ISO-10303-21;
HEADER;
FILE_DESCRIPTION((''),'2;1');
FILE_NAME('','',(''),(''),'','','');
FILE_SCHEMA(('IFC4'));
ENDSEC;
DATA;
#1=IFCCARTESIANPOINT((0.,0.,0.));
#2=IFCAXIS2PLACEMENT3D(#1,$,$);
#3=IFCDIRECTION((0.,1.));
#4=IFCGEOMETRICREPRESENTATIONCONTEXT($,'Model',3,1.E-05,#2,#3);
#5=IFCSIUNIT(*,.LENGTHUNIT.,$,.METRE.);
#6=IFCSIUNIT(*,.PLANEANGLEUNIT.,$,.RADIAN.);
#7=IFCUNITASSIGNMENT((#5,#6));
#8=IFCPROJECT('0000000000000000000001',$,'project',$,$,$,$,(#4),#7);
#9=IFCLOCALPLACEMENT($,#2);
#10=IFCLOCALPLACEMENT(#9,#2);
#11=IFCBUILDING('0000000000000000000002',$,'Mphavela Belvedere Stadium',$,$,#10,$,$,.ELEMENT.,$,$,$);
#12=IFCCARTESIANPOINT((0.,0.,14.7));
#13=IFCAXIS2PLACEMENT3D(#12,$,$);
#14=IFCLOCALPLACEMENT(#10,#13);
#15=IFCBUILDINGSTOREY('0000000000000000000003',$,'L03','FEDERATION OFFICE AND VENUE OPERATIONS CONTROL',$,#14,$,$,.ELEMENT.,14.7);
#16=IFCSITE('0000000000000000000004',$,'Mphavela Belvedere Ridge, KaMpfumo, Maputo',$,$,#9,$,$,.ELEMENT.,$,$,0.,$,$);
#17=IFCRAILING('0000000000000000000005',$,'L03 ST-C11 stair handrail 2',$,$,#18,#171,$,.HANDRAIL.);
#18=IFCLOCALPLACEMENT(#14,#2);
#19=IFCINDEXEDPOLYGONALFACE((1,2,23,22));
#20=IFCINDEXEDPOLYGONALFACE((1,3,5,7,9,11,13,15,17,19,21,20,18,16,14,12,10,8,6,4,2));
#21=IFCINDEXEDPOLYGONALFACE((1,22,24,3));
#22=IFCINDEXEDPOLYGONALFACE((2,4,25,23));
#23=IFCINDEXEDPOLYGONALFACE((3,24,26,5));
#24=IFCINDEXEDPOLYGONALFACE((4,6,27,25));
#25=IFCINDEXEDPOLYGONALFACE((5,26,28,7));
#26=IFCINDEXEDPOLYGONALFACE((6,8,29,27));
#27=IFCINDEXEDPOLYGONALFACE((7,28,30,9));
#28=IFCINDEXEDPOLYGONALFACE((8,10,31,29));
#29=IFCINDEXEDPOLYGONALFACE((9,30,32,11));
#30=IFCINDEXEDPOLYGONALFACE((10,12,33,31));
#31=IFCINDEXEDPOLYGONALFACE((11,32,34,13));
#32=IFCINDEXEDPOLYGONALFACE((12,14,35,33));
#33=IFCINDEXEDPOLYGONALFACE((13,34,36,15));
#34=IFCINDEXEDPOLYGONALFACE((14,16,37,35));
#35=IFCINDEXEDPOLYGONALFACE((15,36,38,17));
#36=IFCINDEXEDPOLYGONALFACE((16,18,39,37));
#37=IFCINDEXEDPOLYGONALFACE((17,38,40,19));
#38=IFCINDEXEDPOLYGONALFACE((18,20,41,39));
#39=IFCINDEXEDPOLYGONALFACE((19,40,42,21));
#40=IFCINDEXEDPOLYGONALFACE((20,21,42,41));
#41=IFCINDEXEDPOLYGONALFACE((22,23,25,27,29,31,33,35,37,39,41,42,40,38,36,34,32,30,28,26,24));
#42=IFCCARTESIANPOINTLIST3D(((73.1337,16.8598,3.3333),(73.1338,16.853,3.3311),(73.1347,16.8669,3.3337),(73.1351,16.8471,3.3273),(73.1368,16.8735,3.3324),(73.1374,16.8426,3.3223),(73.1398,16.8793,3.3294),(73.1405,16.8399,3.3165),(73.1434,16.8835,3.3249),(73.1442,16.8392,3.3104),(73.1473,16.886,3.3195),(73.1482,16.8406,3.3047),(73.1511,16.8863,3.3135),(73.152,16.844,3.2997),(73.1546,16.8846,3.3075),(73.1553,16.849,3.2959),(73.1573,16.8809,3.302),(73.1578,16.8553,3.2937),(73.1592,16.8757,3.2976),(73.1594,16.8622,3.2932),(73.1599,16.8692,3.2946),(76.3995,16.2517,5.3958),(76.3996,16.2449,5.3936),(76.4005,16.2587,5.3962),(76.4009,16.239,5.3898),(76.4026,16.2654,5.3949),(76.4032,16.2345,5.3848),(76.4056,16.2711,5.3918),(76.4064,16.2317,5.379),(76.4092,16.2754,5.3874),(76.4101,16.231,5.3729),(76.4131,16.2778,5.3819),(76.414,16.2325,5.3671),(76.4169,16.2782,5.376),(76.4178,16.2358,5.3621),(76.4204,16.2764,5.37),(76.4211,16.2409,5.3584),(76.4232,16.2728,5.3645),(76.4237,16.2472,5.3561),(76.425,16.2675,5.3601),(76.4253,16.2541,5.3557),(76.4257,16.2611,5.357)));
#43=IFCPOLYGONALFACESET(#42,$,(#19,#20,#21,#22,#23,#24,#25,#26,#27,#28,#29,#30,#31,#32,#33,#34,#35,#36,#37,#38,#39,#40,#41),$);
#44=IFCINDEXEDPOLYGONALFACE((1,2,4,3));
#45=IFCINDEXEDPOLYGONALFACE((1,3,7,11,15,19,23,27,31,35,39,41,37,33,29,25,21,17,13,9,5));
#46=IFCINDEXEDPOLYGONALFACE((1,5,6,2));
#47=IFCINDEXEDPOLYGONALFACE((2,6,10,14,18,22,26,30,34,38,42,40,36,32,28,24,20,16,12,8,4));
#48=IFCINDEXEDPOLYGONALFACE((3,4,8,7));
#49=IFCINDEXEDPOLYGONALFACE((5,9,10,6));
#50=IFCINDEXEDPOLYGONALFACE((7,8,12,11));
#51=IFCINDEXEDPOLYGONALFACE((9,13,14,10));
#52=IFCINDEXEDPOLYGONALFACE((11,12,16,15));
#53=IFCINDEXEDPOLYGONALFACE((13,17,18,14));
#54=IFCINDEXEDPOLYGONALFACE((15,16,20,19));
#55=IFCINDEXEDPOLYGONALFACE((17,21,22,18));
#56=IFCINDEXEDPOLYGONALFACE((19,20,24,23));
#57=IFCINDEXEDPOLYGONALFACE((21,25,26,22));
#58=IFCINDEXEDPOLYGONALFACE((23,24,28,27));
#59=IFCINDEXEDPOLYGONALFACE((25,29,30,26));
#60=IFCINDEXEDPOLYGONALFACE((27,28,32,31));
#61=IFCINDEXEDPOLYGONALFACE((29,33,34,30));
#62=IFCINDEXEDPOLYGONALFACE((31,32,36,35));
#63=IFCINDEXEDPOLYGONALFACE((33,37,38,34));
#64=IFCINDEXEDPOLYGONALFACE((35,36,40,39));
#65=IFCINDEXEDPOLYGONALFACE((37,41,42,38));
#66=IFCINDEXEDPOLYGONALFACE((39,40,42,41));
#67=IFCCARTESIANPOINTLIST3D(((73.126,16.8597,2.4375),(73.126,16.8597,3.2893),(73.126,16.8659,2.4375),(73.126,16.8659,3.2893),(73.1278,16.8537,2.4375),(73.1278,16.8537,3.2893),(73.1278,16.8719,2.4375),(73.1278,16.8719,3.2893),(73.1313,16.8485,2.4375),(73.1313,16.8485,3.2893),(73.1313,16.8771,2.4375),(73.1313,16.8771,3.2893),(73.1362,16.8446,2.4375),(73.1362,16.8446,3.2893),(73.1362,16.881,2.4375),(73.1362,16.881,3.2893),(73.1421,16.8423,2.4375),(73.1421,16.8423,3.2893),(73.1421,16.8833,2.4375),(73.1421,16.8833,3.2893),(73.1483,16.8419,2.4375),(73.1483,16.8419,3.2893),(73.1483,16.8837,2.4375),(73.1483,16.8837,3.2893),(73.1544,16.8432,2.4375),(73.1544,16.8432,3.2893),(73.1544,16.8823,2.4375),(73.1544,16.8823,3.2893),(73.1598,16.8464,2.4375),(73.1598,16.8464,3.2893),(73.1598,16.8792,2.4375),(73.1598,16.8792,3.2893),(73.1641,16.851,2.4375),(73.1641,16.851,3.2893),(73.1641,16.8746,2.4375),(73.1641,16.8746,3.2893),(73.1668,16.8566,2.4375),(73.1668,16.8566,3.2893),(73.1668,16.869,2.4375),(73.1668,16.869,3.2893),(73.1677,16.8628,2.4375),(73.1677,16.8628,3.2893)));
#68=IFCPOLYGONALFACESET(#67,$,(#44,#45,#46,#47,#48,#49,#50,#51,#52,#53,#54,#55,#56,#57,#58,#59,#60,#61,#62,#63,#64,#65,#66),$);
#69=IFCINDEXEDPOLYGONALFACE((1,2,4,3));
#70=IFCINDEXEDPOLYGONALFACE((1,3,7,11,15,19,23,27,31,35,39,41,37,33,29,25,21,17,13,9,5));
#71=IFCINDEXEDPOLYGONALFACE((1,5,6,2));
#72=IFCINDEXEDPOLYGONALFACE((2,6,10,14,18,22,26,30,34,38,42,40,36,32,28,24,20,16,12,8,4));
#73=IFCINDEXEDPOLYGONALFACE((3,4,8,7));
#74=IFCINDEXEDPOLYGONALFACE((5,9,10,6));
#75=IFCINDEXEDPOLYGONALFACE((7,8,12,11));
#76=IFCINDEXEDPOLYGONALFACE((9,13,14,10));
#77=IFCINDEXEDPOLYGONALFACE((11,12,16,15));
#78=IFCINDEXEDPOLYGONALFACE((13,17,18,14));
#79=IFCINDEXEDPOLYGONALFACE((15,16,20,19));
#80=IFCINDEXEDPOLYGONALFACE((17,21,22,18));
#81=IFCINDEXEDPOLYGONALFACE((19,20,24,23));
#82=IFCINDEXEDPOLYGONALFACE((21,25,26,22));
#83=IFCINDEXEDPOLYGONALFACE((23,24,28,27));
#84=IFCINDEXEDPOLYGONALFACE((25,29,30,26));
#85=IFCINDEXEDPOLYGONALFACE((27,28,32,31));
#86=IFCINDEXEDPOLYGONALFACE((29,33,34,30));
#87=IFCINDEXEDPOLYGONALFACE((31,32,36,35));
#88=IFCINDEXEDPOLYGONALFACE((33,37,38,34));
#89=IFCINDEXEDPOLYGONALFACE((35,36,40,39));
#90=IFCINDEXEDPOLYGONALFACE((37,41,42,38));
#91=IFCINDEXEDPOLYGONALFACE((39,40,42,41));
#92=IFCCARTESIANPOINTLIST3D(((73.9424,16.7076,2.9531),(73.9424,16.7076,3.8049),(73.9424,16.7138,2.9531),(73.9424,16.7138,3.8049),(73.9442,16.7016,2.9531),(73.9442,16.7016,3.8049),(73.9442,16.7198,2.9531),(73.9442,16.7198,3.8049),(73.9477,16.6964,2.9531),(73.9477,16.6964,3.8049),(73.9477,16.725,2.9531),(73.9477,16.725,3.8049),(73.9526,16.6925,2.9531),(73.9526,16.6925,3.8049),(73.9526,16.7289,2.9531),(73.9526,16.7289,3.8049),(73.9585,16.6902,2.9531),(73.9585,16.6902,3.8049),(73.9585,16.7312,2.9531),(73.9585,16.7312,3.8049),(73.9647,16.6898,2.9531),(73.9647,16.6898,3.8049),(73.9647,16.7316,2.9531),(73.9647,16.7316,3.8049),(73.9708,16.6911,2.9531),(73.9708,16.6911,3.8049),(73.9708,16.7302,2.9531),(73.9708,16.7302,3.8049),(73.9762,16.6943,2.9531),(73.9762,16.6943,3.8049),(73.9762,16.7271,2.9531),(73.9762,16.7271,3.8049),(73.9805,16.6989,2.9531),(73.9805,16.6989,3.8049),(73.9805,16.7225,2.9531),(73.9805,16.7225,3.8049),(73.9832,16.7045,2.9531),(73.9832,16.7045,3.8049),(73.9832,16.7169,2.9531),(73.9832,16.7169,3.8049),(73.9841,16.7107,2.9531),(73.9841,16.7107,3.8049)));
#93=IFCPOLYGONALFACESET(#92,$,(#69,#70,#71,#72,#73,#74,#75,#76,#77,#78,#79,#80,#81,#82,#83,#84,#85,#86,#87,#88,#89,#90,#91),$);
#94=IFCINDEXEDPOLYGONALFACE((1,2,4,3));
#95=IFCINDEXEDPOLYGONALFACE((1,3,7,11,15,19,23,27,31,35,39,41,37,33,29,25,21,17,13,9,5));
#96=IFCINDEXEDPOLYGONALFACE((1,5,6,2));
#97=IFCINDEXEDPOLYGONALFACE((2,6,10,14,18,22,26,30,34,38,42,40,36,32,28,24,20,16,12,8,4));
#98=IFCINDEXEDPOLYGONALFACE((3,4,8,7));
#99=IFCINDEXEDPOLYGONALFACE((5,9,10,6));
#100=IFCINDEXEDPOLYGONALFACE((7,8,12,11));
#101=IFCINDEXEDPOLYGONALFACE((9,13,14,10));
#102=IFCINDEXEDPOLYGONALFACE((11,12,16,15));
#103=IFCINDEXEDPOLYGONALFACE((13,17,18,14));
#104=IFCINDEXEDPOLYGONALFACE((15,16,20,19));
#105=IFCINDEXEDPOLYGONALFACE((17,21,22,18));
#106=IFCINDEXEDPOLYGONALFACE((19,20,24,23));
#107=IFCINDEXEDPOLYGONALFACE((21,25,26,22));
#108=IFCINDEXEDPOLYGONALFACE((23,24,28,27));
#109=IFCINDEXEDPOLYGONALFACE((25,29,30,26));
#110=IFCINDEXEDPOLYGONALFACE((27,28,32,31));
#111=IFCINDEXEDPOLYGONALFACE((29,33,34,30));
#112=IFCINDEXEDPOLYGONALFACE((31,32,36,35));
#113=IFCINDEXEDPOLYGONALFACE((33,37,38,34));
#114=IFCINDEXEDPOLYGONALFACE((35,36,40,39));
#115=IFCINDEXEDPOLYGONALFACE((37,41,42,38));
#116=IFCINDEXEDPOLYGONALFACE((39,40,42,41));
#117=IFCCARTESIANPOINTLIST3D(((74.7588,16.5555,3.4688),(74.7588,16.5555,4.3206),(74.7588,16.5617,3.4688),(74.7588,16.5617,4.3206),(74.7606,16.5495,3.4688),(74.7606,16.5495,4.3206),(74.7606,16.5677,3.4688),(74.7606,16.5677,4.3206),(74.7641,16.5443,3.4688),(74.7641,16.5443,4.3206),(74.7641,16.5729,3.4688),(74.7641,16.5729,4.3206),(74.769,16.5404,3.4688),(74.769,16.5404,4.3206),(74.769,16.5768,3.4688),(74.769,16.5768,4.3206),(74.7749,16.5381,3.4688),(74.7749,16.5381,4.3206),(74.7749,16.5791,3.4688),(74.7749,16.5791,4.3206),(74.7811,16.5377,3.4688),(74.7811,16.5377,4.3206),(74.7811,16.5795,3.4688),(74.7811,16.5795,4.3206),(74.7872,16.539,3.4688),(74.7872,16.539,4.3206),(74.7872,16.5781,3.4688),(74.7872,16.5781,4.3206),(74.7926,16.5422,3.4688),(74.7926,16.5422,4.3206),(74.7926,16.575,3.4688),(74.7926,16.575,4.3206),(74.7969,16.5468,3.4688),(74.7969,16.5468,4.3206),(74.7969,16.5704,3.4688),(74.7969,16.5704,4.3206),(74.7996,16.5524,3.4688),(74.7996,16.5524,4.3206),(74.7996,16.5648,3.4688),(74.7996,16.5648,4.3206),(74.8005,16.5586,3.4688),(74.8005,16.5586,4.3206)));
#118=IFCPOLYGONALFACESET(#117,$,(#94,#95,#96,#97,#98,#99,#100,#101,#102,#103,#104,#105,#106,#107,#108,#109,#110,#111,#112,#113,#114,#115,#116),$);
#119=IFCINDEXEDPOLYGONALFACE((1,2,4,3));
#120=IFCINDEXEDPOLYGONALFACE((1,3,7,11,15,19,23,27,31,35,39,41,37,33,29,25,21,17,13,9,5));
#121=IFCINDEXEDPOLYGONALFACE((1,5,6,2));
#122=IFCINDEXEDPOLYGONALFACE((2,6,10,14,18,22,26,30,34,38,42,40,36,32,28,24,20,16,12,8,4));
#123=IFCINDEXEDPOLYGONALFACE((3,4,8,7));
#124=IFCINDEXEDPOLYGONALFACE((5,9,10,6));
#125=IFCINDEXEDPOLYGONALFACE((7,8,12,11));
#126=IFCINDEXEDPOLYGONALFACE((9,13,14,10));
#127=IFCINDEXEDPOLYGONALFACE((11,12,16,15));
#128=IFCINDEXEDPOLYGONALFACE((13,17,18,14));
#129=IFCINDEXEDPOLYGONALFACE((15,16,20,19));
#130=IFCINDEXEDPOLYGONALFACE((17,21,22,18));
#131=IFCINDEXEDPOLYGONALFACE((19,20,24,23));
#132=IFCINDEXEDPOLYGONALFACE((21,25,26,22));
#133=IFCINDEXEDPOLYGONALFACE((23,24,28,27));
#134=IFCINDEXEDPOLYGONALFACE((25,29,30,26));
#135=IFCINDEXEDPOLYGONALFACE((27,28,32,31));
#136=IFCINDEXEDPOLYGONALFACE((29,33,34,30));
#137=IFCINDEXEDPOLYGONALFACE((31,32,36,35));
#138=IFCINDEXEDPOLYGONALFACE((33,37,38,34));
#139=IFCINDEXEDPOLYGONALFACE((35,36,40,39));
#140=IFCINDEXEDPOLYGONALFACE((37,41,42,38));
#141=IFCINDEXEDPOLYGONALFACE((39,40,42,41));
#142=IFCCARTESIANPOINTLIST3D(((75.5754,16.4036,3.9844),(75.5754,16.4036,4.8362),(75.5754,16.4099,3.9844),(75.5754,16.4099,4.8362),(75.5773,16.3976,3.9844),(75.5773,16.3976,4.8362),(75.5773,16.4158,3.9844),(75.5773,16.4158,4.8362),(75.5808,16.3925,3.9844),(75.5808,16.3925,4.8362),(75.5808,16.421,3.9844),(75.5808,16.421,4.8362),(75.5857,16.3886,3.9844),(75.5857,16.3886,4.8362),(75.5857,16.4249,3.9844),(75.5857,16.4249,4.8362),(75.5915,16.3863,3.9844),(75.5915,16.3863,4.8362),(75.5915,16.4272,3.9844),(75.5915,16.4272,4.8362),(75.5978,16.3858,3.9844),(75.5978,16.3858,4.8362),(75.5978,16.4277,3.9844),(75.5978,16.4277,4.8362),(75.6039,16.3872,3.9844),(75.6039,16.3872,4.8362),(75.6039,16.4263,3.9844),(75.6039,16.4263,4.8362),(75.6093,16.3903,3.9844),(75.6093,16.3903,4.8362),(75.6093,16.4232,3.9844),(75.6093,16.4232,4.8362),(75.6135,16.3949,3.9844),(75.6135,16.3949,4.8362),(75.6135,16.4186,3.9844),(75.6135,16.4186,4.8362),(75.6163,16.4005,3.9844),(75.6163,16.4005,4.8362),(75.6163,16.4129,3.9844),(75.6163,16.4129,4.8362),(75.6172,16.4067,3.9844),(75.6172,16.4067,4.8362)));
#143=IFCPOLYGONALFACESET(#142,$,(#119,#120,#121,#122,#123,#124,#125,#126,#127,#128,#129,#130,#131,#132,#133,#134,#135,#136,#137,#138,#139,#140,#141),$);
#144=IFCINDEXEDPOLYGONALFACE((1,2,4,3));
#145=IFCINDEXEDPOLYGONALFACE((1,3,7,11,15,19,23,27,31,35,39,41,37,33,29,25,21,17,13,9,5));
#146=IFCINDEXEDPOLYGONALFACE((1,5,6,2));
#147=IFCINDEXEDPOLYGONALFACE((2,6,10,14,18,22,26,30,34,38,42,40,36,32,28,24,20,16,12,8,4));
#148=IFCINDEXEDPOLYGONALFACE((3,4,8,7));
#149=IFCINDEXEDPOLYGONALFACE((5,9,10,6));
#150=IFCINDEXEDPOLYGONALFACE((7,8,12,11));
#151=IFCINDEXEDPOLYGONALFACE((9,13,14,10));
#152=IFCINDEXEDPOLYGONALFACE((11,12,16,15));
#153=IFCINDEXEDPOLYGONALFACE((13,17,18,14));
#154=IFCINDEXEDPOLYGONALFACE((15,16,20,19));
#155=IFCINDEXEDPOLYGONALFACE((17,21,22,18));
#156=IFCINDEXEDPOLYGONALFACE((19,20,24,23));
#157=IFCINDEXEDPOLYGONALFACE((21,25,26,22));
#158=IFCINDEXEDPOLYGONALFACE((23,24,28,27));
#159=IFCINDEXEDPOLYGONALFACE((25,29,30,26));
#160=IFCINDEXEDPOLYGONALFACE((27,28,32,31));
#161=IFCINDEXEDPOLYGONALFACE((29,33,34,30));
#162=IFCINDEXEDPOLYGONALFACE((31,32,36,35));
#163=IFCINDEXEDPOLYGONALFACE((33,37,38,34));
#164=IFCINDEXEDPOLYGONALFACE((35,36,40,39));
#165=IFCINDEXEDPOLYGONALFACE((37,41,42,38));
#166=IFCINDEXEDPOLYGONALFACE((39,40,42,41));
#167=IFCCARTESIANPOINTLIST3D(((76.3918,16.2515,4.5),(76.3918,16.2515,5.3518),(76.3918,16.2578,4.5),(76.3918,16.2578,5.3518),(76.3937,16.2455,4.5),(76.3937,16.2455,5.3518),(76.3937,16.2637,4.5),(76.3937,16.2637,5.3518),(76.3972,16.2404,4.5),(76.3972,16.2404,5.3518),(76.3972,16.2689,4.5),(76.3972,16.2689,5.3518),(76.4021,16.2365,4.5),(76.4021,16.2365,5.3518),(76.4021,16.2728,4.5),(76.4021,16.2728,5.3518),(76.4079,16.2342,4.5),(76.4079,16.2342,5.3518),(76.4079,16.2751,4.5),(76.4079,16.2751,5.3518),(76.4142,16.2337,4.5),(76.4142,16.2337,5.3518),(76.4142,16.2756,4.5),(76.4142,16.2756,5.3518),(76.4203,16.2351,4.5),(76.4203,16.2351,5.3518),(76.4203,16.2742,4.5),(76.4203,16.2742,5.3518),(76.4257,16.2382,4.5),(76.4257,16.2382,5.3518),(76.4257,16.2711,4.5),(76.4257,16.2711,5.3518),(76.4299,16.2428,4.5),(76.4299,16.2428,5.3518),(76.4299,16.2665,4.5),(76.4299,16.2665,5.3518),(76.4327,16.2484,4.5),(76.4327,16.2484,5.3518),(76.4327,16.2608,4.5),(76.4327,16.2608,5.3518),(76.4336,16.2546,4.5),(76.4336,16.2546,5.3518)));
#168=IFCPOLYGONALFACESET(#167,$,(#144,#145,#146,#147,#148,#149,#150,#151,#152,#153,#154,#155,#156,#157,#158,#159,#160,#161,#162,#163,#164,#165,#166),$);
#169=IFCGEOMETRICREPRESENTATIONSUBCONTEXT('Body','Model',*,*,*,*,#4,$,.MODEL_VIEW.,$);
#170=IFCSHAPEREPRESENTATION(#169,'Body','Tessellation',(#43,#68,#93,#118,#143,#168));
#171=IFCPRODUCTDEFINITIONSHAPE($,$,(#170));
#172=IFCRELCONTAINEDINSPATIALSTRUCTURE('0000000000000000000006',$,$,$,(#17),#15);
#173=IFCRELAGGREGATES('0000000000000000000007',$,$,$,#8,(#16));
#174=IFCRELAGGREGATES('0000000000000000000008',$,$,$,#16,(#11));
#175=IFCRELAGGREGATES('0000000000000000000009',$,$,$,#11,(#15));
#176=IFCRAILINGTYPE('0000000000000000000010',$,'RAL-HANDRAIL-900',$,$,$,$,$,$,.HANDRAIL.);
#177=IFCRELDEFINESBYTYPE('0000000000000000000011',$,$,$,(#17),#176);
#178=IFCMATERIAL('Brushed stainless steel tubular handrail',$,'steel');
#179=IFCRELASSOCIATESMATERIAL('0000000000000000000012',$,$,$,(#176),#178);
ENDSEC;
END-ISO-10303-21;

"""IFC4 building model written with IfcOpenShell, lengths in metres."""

from ifc_helpers import new_model, si_unit, direction, frame, origin, origin_2d, place, context, subcontext, project, spatial, circle, extrude, material, type_object, element, save


model = new_model("IFC4")

# Units and contexts
model_context = context("Model", 3, precision=1e-05, world=origin(), true_north=direction((0.0, 1.0)))
body_context = subcontext(model_context, "Body", "Model", "MODEL_VIEW")
ifc_project = project(units=[si_unit("LENGTHUNIT", "METRE"), si_unit("PLANEANGLEUNIT", "RADIAN")], contexts=[model_context])

# Site, building, storey
site_placement = place(None, origin())
site = spatial("IfcSite", under=ifc_project, at=site_placement, Name="Mphavela Belvedere Ridge, KaMpfumo, Maputo", CompositionType="ELEMENT", RefElevation=0.0)
building_placement = place(site_placement, origin())
building = spatial("IfcBuilding", under=site, at=building_placement, Name="Mphavela Belvedere Stadium", CompositionType="ELEMENT")
storey_placement = place(building_placement, frame((0.0, 0.0, 14.7)))
storey = spatial("IfcBuildingStorey", under=building, at=storey_placement, Name="L03", Description="FEDERATION OFFICE AND VENUE OPERATIONS CONTROL", CompositionType="ELEMENT", Elevation=14.7)

# Railing
ifc_material_1 = material(Name="Brushed stainless steel tubular handrail", Category="steel")
railing_type_1 = type_object("IfcRailingType", Name="RAL-HANDRAIL-900", PredefinedType="HANDRAIL", material=ifc_material_1)
railing_1_placement = place(storey_placement, frame((73.1467, 16.8628, 2.4375)))
element("IfcRailing", 1, at=railing_1_placement, inside=storey, type_object=railing_type_1, Name="L03 ST-C11 stair handrail 2", PredefinedType="HANDRAIL", context=body_context, shape_type="SweptSolid", body=[
    extrude(circle(Radius=0.0239, at=origin_2d()), frame((0.0, 0.0, 0.876), z_axis=(0.835218, -0.15553, 0.527467), x_axis=(0.183068, 0.9831, 0.0)), (0.0, 0.0, 1.0), 3.9102),
    extrude(circle(Radius=0.021, at=origin_2d()), origin(), (0.0, 0.0, 1.0), 0.8518),
    extrude(circle(Radius=0.021, at=origin_2d()), frame((0.8164, -0.1521, 0.5156)), (0.0, 0.0, 1.0), 0.8518),
    extrude(circle(Radius=0.021, at=origin_2d()), frame((1.6328, -0.3042, 1.0312)), (0.0, 0.0, 1.0), 0.8518),
    extrude(circle(Radius=0.021, at=origin_2d()), frame((2.4495, -0.4561, 1.5469)), (0.0, 0.0, 1.0), 0.8518),
    extrude(circle(Radius=0.021, at=origin_2d()), frame((3.2659, -0.6082, 2.0625)), (0.0, 0.0, 1.0), 0.8518),
])

save(model, "model.ifc")
